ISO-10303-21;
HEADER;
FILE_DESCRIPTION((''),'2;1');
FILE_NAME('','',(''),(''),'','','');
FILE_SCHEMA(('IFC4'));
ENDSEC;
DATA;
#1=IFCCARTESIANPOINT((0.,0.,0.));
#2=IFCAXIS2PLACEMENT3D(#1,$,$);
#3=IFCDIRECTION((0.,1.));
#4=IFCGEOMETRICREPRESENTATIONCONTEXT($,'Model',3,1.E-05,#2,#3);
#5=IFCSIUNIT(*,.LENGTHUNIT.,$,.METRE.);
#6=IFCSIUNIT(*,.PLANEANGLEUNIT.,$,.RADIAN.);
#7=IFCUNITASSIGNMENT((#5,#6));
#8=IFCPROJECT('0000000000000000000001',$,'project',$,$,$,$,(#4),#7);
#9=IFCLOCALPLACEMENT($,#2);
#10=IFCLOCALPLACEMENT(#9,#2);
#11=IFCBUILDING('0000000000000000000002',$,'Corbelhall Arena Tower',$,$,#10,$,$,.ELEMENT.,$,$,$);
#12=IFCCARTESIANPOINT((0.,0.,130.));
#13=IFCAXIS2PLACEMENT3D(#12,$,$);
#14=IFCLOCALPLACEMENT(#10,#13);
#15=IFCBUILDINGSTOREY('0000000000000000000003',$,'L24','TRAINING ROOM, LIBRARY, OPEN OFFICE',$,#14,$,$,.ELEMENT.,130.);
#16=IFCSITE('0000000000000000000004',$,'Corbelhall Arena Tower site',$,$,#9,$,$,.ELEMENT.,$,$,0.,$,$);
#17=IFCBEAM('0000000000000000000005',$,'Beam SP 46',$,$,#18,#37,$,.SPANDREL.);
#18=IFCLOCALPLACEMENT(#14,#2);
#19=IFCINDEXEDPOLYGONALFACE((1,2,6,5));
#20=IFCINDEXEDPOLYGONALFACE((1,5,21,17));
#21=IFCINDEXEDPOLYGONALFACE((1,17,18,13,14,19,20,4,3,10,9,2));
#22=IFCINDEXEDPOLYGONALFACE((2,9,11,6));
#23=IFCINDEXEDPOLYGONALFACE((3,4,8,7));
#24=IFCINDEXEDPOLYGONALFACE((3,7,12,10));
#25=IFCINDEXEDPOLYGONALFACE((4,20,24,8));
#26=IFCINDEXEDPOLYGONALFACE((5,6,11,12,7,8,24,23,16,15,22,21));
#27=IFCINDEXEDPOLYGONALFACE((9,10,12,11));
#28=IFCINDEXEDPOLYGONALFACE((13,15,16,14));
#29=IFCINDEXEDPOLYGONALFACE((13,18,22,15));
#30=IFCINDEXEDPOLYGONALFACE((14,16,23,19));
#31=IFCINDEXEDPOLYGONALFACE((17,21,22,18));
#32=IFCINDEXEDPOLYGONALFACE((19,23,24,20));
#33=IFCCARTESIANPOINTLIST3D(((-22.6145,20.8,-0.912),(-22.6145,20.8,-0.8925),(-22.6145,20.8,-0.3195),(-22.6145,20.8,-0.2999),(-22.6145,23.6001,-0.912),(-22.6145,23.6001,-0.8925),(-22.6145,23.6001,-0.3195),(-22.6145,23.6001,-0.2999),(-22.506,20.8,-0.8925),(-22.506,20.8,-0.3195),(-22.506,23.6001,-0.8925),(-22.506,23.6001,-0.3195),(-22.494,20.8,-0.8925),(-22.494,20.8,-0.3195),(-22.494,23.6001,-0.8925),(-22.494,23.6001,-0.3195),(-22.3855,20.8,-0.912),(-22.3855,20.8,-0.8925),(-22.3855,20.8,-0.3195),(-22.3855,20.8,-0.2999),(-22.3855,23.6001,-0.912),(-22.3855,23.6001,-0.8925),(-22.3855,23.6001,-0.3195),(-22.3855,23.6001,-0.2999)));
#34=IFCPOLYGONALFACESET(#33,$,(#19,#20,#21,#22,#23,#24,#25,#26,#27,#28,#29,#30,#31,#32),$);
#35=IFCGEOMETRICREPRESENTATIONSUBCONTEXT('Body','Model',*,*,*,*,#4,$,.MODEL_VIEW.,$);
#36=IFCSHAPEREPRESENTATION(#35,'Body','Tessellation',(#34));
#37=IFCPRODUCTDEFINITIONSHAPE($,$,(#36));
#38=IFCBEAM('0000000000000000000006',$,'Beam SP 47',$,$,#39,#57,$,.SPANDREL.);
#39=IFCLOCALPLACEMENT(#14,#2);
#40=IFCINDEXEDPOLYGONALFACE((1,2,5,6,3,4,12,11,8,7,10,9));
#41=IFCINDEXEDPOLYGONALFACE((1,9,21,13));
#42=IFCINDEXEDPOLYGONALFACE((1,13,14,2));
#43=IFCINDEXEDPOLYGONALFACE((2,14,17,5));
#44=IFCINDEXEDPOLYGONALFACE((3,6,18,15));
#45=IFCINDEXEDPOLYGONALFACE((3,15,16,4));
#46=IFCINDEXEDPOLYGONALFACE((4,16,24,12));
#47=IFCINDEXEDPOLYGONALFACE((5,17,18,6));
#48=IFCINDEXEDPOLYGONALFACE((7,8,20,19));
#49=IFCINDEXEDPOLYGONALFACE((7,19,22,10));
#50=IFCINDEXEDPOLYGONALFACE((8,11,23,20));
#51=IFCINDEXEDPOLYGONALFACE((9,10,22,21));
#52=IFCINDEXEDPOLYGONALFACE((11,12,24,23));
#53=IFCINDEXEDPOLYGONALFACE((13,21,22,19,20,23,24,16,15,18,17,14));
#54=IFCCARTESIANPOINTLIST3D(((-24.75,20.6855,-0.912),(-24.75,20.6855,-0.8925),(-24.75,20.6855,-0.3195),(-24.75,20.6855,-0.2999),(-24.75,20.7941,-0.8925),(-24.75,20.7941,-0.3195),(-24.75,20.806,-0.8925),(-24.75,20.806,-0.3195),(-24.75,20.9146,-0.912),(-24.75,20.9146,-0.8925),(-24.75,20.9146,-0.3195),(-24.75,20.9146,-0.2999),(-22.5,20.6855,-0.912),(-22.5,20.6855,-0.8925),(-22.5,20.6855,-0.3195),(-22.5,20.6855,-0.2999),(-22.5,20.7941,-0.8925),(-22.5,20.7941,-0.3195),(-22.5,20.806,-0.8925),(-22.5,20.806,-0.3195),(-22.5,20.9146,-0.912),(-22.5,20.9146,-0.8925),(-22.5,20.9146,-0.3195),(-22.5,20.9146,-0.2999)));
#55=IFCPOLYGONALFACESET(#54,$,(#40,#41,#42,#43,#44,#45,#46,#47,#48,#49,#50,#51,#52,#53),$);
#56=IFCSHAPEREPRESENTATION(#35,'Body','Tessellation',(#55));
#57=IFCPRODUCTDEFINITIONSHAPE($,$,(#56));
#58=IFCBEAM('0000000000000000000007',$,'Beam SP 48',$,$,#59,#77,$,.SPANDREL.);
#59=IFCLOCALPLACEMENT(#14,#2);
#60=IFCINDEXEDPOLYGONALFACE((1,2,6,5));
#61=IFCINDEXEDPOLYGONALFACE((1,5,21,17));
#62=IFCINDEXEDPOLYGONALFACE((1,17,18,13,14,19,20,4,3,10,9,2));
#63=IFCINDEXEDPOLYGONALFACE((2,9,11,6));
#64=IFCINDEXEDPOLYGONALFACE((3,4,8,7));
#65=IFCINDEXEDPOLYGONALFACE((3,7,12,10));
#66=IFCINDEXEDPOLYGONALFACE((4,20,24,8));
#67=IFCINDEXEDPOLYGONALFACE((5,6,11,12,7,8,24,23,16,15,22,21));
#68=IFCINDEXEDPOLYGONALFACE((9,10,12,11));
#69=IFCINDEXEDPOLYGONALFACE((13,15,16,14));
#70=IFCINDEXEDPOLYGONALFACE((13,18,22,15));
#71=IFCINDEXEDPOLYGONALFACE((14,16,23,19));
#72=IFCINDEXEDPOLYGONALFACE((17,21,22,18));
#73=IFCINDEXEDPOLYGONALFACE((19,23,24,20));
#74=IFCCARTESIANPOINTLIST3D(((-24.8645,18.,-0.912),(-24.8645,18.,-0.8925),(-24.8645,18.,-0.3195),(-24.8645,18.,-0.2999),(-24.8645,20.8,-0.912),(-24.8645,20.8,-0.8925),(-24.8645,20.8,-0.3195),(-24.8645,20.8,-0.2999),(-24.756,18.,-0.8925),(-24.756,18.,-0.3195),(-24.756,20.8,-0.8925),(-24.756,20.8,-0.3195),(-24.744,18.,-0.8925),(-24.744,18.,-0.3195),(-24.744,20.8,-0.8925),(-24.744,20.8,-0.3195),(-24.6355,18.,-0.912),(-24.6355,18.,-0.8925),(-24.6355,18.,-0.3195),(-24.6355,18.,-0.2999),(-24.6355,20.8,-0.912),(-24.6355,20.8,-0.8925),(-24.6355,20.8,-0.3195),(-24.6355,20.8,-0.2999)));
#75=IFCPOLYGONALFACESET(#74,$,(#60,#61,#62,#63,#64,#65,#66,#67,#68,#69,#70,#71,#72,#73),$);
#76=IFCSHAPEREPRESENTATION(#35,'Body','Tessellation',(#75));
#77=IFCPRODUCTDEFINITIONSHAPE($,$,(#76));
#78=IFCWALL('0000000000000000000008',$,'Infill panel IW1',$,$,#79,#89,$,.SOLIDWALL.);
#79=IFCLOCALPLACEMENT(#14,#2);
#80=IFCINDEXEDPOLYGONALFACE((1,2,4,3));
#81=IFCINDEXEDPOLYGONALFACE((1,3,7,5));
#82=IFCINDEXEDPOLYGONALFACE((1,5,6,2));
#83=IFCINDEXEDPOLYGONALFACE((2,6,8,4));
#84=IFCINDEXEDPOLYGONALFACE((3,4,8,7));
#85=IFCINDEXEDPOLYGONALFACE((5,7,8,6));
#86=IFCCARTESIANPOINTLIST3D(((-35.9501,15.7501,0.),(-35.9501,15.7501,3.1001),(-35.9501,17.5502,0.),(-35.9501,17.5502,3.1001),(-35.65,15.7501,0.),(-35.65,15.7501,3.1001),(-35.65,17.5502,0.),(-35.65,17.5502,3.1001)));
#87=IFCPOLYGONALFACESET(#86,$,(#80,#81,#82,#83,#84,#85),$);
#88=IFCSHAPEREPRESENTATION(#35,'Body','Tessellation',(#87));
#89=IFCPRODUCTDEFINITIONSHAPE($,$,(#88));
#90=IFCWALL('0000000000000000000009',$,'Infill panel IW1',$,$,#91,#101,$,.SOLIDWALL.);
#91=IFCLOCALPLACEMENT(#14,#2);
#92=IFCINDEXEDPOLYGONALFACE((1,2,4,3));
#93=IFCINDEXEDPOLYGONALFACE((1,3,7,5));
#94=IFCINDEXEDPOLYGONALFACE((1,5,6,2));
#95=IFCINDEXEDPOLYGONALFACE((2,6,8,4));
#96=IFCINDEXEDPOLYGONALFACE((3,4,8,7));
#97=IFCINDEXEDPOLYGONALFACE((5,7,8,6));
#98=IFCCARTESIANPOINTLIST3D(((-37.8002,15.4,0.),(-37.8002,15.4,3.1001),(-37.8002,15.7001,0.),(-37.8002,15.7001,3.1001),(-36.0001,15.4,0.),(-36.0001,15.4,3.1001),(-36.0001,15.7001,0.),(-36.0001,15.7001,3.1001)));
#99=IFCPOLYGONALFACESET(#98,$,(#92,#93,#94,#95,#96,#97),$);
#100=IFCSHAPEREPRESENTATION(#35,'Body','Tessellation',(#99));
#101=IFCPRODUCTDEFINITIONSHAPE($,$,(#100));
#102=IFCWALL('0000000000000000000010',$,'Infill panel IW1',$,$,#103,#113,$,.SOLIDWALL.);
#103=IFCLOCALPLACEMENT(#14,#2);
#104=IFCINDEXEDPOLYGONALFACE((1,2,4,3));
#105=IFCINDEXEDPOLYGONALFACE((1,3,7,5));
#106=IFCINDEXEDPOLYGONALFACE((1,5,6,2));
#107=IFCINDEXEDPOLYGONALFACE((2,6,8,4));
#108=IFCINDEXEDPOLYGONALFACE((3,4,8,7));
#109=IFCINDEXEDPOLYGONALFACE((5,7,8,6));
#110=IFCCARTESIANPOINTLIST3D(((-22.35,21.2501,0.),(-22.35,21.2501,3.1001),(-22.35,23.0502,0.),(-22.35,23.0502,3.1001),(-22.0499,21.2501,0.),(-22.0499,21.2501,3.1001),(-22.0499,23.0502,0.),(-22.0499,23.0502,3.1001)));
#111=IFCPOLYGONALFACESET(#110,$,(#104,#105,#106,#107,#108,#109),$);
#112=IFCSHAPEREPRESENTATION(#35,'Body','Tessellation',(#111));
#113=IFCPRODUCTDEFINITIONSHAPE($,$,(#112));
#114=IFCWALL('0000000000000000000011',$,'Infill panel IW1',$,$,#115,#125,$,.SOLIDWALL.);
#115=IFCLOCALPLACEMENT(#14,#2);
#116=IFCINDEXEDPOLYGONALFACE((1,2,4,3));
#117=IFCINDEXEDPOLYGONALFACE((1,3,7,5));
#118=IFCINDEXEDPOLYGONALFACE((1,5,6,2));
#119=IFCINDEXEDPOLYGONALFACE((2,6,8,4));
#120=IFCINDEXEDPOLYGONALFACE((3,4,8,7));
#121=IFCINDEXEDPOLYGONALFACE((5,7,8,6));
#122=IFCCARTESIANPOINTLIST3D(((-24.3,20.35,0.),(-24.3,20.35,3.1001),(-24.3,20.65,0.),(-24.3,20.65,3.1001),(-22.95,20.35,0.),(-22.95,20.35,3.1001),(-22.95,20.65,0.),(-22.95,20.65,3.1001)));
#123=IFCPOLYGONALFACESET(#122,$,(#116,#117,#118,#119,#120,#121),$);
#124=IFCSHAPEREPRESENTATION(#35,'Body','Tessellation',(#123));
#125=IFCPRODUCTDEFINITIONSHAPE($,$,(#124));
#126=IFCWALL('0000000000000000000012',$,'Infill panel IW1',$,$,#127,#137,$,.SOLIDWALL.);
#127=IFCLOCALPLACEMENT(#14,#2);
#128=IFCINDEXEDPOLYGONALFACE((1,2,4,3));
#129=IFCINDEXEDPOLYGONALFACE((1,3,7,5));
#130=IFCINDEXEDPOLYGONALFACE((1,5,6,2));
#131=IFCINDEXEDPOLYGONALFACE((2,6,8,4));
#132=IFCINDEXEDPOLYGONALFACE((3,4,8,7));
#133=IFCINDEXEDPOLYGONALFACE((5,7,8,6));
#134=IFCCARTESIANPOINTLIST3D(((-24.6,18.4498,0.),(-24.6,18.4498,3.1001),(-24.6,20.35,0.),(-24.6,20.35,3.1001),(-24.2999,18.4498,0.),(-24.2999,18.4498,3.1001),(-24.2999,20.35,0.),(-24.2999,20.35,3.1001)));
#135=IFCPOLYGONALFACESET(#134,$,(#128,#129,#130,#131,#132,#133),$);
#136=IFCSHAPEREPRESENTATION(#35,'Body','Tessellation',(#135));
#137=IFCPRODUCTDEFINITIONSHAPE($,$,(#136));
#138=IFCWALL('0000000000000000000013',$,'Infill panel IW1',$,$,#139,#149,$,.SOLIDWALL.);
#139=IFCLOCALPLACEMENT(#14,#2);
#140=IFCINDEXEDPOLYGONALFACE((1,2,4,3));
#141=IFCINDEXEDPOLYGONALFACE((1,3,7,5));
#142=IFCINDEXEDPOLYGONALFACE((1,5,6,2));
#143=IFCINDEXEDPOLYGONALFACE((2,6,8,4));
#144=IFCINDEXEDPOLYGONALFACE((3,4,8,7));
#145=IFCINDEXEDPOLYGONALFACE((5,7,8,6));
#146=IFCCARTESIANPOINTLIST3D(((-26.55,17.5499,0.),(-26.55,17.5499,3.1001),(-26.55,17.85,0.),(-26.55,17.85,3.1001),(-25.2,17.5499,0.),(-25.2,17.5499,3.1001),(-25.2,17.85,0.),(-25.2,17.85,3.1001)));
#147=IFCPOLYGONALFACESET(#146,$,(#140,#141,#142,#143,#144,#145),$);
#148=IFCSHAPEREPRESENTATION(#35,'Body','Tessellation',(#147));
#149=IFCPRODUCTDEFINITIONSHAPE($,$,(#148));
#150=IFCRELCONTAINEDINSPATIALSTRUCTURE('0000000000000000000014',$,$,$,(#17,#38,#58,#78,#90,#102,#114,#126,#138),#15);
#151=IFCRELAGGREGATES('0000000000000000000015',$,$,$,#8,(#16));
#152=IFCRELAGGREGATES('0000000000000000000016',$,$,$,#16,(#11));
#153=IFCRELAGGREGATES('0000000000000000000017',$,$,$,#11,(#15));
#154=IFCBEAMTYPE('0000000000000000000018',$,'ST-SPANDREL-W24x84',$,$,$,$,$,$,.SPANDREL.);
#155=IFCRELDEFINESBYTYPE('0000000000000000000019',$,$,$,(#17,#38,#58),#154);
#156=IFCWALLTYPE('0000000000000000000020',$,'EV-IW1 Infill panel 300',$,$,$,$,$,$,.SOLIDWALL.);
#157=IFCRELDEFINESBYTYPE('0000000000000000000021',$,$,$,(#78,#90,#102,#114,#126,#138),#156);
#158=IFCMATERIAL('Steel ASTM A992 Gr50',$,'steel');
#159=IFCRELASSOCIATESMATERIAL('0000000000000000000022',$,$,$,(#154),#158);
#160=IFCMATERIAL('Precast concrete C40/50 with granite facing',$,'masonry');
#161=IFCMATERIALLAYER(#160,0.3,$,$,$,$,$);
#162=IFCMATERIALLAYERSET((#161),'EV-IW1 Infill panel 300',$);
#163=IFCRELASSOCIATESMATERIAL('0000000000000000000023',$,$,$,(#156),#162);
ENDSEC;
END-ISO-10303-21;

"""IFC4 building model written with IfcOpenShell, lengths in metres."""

from ifc_helpers import new_model, si_unit, direction, frame, frame_2d, origin, origin_2d, place, context, subcontext, project, spatial, rectangle, i_section, extrude, material, layer, layer_set, material_profile, profile_set, type_object, element, save


model = new_model("IFC4")

# Units and contexts
model_context = context("Model", 3, precision=1e-05, world=origin(), true_north=direction((0.0, 1.0)))
body_context = subcontext(model_context, "Body", "Model", "MODEL_VIEW")
ifc_project = project(units=[si_unit("LENGTHUNIT", "METRE"), si_unit("PLANEANGLEUNIT", "RADIAN")], contexts=[model_context])

# Site, building, storey
site_placement = place(None, origin())
site = spatial("IfcSite", under=ifc_project, at=site_placement, Name="Corbelhall Arena Tower site", CompositionType="ELEMENT", RefElevation=0.0)
building_placement = place(site_placement, origin())
building = spatial("IfcBuilding", under=site, at=building_placement, Name="Corbelhall Arena Tower", CompositionType="ELEMENT")
storey_placement = place(building_placement, frame((0.0, 0.0, 130.0)))
storey = spatial("IfcBuildingStorey", under=building, at=storey_placement, Name="L24", Description="TRAINING ROOM, LIBRARY, OPEN OFFICE", CompositionType="ELEMENT", Elevation=130.0)

# Beams
ifc_material_1 = material(Name="Steel ASTM A992 Gr50", Category="steel")
ifc_material_profile_1 = material_profile(ifc_material_1, i_section(OverallWidth=0.229, OverallDepth=0.6121, WebThickness=0.012, FlangeThickness=0.0195, at=origin_2d()))
ifc_profile_set_1 = profile_set([ifc_material_profile_1], Name="Steel ASTM A992 Gr50")
beam_type = type_object("IfcBeamType", Name="ST-SPANDREL-W24x84", PredefinedType="SPANDREL", material=ifc_profile_set_1)
beam_1_placement = place(storey_placement, frame((-22.5, 20.8, -0.606), z_axis=(0.0, 1.0, 0.0), x_axis=(-1.0, 0.0, 0.0)))
element("IfcBeam", 1, at=beam_1_placement, inside=storey, type_object=beam_type, Name="Beam SP 46", PredefinedType="SPANDREL", context=body_context, shape_type="SweptSolid", body=[
    extrude(i_section(OverallWidth=0.229, OverallDepth=0.6121, WebThickness=0.012, FlangeThickness=0.0195, at=origin_2d()), origin(), (0.0, 0.0, 1.0), 2.8),
])
beam_2_placement = place(storey_placement, frame((-24.75, 20.8, -0.606), z_axis=(1.0, 0.0, 0.0), x_axis=(0.0, 1.0, 0.0)))
element("IfcBeam", 2, at=beam_2_placement, inside=storey, type_object=beam_type, Name="Beam SP 47", PredefinedType="SPANDREL", context=body_context, shape_type="SweptSolid", body=[
    extrude(i_section(OverallWidth=0.229, OverallDepth=0.6121, WebThickness=0.012, FlangeThickness=0.0195, at=origin_2d()), origin(), (0.0, 0.0, 1.0), 2.25),
])
beam_3_placement = place(storey_placement, frame((-24.75, 18.0, -0.606), z_axis=(0.0, 1.0, 0.0), x_axis=(-1.0, 0.0, 0.0)))
element("IfcBeam", 3, at=beam_3_placement, inside=storey, type_object=beam_type, Name="Beam SP 48", PredefinedType="SPANDREL", context=body_context, shape_type="SweptSolid", body=[
    extrude(i_section(OverallWidth=0.229, OverallDepth=0.6121, WebThickness=0.012, FlangeThickness=0.0195, at=origin_2d()), origin(), (0.0, 0.0, 1.0), 2.8),
])

# Walls
ifc_material_2 = material(Name="Precast concrete C40/50 with granite facing", Category="masonry")
ifc_layer_1 = layer(ifc_material_2, 0.3)
ifc_layer_set_1 = layer_set([ifc_layer_1], Name="EV-IW1 Infill panel 300")
wall_type_1 = type_object("IfcWallType", Name="EV-IW1 Infill panel 300", PredefinedType="SOLIDWALL", material=ifc_layer_set_1)
for number, where, z_axis, x_axis, name in (
    (4, (-35.8, 17.55, 0.0), (0.0, 0.0, 1.0), (0.0, -1.0, 0.0), "Infill panel IW1"),
    (5, (-37.8, 15.55, 0.0), (0.0, 0.0, 1.0), (1.0, 0.0, 0.0), "Infill panel IW1"),
    (6, (-22.2, 23.05, 0.0), (0.0, 0.0, 1.0), (0.0, -1.0, 0.0), "Infill panel IW1"),
):
    element("IfcWall", number, at=place(storey_placement, frame(where, z_axis=z_axis, x_axis=x_axis)), inside=storey, type_object=wall_type_1, Name=name, PredefinedType="SOLIDWALL", context=body_context, shape_type="SweptSolid", body=[
        extrude(rectangle(XDim=1.8, YDim=0.3, at=frame_2d((0.8999, 0.0))), origin(), (0.0, 0.0, 1.0), 3.1001),
    ])
wall_1_placement = place(storey_placement, frame((-22.95, 20.5, 0.0), z_axis=(0.0, 0.0, 1.0), x_axis=(-1.0, 0.0, 0.0)))
element("IfcWall", 7, at=wall_1_placement, inside=storey, type_object=wall_type_1, Name="Infill panel IW1", PredefinedType="SOLIDWALL", context=body_context, shape_type="SweptSolid", body=[
    extrude(rectangle(XDim=1.3501, YDim=0.3, at=frame_2d((0.675, 0.0))), origin(), (0.0, 0.0, 1.0), 3.1001),
])
wall_2_placement = place(storey_placement, frame((-24.45, 20.3501, 0.0), z_axis=(0.0, 0.0, 1.0), x_axis=(0.0, -1.0, 0.0)))
element("IfcWall", 8, at=wall_2_placement, inside=storey, type_object=wall_type_1, Name="Infill panel IW1", PredefinedType="SOLIDWALL", context=body_context, shape_type="SweptSolid", body=[
    extrude(rectangle(XDim=1.9001, YDim=0.3, at=frame_2d((0.9502, 0.0))), origin(), (0.0, 0.0, 1.0), 3.1001),
])
wall_3_placement = place(storey_placement, frame((-25.2, 17.7, 0.0), z_axis=(0.0, 0.0, 1.0), x_axis=(-1.0, 0.0, 0.0)))
element("IfcWall", 9, at=wall_3_placement, inside=storey, type_object=wall_type_1, Name="Infill panel IW1", PredefinedType="SOLIDWALL", context=body_context, shape_type="SweptSolid", body=[
    extrude(rectangle(XDim=1.3501, YDim=0.3, at=frame_2d((0.675, 0.0))), origin(), (0.0, 0.0, 1.0), 3.1001),
])

save(model, "model.ifc")
